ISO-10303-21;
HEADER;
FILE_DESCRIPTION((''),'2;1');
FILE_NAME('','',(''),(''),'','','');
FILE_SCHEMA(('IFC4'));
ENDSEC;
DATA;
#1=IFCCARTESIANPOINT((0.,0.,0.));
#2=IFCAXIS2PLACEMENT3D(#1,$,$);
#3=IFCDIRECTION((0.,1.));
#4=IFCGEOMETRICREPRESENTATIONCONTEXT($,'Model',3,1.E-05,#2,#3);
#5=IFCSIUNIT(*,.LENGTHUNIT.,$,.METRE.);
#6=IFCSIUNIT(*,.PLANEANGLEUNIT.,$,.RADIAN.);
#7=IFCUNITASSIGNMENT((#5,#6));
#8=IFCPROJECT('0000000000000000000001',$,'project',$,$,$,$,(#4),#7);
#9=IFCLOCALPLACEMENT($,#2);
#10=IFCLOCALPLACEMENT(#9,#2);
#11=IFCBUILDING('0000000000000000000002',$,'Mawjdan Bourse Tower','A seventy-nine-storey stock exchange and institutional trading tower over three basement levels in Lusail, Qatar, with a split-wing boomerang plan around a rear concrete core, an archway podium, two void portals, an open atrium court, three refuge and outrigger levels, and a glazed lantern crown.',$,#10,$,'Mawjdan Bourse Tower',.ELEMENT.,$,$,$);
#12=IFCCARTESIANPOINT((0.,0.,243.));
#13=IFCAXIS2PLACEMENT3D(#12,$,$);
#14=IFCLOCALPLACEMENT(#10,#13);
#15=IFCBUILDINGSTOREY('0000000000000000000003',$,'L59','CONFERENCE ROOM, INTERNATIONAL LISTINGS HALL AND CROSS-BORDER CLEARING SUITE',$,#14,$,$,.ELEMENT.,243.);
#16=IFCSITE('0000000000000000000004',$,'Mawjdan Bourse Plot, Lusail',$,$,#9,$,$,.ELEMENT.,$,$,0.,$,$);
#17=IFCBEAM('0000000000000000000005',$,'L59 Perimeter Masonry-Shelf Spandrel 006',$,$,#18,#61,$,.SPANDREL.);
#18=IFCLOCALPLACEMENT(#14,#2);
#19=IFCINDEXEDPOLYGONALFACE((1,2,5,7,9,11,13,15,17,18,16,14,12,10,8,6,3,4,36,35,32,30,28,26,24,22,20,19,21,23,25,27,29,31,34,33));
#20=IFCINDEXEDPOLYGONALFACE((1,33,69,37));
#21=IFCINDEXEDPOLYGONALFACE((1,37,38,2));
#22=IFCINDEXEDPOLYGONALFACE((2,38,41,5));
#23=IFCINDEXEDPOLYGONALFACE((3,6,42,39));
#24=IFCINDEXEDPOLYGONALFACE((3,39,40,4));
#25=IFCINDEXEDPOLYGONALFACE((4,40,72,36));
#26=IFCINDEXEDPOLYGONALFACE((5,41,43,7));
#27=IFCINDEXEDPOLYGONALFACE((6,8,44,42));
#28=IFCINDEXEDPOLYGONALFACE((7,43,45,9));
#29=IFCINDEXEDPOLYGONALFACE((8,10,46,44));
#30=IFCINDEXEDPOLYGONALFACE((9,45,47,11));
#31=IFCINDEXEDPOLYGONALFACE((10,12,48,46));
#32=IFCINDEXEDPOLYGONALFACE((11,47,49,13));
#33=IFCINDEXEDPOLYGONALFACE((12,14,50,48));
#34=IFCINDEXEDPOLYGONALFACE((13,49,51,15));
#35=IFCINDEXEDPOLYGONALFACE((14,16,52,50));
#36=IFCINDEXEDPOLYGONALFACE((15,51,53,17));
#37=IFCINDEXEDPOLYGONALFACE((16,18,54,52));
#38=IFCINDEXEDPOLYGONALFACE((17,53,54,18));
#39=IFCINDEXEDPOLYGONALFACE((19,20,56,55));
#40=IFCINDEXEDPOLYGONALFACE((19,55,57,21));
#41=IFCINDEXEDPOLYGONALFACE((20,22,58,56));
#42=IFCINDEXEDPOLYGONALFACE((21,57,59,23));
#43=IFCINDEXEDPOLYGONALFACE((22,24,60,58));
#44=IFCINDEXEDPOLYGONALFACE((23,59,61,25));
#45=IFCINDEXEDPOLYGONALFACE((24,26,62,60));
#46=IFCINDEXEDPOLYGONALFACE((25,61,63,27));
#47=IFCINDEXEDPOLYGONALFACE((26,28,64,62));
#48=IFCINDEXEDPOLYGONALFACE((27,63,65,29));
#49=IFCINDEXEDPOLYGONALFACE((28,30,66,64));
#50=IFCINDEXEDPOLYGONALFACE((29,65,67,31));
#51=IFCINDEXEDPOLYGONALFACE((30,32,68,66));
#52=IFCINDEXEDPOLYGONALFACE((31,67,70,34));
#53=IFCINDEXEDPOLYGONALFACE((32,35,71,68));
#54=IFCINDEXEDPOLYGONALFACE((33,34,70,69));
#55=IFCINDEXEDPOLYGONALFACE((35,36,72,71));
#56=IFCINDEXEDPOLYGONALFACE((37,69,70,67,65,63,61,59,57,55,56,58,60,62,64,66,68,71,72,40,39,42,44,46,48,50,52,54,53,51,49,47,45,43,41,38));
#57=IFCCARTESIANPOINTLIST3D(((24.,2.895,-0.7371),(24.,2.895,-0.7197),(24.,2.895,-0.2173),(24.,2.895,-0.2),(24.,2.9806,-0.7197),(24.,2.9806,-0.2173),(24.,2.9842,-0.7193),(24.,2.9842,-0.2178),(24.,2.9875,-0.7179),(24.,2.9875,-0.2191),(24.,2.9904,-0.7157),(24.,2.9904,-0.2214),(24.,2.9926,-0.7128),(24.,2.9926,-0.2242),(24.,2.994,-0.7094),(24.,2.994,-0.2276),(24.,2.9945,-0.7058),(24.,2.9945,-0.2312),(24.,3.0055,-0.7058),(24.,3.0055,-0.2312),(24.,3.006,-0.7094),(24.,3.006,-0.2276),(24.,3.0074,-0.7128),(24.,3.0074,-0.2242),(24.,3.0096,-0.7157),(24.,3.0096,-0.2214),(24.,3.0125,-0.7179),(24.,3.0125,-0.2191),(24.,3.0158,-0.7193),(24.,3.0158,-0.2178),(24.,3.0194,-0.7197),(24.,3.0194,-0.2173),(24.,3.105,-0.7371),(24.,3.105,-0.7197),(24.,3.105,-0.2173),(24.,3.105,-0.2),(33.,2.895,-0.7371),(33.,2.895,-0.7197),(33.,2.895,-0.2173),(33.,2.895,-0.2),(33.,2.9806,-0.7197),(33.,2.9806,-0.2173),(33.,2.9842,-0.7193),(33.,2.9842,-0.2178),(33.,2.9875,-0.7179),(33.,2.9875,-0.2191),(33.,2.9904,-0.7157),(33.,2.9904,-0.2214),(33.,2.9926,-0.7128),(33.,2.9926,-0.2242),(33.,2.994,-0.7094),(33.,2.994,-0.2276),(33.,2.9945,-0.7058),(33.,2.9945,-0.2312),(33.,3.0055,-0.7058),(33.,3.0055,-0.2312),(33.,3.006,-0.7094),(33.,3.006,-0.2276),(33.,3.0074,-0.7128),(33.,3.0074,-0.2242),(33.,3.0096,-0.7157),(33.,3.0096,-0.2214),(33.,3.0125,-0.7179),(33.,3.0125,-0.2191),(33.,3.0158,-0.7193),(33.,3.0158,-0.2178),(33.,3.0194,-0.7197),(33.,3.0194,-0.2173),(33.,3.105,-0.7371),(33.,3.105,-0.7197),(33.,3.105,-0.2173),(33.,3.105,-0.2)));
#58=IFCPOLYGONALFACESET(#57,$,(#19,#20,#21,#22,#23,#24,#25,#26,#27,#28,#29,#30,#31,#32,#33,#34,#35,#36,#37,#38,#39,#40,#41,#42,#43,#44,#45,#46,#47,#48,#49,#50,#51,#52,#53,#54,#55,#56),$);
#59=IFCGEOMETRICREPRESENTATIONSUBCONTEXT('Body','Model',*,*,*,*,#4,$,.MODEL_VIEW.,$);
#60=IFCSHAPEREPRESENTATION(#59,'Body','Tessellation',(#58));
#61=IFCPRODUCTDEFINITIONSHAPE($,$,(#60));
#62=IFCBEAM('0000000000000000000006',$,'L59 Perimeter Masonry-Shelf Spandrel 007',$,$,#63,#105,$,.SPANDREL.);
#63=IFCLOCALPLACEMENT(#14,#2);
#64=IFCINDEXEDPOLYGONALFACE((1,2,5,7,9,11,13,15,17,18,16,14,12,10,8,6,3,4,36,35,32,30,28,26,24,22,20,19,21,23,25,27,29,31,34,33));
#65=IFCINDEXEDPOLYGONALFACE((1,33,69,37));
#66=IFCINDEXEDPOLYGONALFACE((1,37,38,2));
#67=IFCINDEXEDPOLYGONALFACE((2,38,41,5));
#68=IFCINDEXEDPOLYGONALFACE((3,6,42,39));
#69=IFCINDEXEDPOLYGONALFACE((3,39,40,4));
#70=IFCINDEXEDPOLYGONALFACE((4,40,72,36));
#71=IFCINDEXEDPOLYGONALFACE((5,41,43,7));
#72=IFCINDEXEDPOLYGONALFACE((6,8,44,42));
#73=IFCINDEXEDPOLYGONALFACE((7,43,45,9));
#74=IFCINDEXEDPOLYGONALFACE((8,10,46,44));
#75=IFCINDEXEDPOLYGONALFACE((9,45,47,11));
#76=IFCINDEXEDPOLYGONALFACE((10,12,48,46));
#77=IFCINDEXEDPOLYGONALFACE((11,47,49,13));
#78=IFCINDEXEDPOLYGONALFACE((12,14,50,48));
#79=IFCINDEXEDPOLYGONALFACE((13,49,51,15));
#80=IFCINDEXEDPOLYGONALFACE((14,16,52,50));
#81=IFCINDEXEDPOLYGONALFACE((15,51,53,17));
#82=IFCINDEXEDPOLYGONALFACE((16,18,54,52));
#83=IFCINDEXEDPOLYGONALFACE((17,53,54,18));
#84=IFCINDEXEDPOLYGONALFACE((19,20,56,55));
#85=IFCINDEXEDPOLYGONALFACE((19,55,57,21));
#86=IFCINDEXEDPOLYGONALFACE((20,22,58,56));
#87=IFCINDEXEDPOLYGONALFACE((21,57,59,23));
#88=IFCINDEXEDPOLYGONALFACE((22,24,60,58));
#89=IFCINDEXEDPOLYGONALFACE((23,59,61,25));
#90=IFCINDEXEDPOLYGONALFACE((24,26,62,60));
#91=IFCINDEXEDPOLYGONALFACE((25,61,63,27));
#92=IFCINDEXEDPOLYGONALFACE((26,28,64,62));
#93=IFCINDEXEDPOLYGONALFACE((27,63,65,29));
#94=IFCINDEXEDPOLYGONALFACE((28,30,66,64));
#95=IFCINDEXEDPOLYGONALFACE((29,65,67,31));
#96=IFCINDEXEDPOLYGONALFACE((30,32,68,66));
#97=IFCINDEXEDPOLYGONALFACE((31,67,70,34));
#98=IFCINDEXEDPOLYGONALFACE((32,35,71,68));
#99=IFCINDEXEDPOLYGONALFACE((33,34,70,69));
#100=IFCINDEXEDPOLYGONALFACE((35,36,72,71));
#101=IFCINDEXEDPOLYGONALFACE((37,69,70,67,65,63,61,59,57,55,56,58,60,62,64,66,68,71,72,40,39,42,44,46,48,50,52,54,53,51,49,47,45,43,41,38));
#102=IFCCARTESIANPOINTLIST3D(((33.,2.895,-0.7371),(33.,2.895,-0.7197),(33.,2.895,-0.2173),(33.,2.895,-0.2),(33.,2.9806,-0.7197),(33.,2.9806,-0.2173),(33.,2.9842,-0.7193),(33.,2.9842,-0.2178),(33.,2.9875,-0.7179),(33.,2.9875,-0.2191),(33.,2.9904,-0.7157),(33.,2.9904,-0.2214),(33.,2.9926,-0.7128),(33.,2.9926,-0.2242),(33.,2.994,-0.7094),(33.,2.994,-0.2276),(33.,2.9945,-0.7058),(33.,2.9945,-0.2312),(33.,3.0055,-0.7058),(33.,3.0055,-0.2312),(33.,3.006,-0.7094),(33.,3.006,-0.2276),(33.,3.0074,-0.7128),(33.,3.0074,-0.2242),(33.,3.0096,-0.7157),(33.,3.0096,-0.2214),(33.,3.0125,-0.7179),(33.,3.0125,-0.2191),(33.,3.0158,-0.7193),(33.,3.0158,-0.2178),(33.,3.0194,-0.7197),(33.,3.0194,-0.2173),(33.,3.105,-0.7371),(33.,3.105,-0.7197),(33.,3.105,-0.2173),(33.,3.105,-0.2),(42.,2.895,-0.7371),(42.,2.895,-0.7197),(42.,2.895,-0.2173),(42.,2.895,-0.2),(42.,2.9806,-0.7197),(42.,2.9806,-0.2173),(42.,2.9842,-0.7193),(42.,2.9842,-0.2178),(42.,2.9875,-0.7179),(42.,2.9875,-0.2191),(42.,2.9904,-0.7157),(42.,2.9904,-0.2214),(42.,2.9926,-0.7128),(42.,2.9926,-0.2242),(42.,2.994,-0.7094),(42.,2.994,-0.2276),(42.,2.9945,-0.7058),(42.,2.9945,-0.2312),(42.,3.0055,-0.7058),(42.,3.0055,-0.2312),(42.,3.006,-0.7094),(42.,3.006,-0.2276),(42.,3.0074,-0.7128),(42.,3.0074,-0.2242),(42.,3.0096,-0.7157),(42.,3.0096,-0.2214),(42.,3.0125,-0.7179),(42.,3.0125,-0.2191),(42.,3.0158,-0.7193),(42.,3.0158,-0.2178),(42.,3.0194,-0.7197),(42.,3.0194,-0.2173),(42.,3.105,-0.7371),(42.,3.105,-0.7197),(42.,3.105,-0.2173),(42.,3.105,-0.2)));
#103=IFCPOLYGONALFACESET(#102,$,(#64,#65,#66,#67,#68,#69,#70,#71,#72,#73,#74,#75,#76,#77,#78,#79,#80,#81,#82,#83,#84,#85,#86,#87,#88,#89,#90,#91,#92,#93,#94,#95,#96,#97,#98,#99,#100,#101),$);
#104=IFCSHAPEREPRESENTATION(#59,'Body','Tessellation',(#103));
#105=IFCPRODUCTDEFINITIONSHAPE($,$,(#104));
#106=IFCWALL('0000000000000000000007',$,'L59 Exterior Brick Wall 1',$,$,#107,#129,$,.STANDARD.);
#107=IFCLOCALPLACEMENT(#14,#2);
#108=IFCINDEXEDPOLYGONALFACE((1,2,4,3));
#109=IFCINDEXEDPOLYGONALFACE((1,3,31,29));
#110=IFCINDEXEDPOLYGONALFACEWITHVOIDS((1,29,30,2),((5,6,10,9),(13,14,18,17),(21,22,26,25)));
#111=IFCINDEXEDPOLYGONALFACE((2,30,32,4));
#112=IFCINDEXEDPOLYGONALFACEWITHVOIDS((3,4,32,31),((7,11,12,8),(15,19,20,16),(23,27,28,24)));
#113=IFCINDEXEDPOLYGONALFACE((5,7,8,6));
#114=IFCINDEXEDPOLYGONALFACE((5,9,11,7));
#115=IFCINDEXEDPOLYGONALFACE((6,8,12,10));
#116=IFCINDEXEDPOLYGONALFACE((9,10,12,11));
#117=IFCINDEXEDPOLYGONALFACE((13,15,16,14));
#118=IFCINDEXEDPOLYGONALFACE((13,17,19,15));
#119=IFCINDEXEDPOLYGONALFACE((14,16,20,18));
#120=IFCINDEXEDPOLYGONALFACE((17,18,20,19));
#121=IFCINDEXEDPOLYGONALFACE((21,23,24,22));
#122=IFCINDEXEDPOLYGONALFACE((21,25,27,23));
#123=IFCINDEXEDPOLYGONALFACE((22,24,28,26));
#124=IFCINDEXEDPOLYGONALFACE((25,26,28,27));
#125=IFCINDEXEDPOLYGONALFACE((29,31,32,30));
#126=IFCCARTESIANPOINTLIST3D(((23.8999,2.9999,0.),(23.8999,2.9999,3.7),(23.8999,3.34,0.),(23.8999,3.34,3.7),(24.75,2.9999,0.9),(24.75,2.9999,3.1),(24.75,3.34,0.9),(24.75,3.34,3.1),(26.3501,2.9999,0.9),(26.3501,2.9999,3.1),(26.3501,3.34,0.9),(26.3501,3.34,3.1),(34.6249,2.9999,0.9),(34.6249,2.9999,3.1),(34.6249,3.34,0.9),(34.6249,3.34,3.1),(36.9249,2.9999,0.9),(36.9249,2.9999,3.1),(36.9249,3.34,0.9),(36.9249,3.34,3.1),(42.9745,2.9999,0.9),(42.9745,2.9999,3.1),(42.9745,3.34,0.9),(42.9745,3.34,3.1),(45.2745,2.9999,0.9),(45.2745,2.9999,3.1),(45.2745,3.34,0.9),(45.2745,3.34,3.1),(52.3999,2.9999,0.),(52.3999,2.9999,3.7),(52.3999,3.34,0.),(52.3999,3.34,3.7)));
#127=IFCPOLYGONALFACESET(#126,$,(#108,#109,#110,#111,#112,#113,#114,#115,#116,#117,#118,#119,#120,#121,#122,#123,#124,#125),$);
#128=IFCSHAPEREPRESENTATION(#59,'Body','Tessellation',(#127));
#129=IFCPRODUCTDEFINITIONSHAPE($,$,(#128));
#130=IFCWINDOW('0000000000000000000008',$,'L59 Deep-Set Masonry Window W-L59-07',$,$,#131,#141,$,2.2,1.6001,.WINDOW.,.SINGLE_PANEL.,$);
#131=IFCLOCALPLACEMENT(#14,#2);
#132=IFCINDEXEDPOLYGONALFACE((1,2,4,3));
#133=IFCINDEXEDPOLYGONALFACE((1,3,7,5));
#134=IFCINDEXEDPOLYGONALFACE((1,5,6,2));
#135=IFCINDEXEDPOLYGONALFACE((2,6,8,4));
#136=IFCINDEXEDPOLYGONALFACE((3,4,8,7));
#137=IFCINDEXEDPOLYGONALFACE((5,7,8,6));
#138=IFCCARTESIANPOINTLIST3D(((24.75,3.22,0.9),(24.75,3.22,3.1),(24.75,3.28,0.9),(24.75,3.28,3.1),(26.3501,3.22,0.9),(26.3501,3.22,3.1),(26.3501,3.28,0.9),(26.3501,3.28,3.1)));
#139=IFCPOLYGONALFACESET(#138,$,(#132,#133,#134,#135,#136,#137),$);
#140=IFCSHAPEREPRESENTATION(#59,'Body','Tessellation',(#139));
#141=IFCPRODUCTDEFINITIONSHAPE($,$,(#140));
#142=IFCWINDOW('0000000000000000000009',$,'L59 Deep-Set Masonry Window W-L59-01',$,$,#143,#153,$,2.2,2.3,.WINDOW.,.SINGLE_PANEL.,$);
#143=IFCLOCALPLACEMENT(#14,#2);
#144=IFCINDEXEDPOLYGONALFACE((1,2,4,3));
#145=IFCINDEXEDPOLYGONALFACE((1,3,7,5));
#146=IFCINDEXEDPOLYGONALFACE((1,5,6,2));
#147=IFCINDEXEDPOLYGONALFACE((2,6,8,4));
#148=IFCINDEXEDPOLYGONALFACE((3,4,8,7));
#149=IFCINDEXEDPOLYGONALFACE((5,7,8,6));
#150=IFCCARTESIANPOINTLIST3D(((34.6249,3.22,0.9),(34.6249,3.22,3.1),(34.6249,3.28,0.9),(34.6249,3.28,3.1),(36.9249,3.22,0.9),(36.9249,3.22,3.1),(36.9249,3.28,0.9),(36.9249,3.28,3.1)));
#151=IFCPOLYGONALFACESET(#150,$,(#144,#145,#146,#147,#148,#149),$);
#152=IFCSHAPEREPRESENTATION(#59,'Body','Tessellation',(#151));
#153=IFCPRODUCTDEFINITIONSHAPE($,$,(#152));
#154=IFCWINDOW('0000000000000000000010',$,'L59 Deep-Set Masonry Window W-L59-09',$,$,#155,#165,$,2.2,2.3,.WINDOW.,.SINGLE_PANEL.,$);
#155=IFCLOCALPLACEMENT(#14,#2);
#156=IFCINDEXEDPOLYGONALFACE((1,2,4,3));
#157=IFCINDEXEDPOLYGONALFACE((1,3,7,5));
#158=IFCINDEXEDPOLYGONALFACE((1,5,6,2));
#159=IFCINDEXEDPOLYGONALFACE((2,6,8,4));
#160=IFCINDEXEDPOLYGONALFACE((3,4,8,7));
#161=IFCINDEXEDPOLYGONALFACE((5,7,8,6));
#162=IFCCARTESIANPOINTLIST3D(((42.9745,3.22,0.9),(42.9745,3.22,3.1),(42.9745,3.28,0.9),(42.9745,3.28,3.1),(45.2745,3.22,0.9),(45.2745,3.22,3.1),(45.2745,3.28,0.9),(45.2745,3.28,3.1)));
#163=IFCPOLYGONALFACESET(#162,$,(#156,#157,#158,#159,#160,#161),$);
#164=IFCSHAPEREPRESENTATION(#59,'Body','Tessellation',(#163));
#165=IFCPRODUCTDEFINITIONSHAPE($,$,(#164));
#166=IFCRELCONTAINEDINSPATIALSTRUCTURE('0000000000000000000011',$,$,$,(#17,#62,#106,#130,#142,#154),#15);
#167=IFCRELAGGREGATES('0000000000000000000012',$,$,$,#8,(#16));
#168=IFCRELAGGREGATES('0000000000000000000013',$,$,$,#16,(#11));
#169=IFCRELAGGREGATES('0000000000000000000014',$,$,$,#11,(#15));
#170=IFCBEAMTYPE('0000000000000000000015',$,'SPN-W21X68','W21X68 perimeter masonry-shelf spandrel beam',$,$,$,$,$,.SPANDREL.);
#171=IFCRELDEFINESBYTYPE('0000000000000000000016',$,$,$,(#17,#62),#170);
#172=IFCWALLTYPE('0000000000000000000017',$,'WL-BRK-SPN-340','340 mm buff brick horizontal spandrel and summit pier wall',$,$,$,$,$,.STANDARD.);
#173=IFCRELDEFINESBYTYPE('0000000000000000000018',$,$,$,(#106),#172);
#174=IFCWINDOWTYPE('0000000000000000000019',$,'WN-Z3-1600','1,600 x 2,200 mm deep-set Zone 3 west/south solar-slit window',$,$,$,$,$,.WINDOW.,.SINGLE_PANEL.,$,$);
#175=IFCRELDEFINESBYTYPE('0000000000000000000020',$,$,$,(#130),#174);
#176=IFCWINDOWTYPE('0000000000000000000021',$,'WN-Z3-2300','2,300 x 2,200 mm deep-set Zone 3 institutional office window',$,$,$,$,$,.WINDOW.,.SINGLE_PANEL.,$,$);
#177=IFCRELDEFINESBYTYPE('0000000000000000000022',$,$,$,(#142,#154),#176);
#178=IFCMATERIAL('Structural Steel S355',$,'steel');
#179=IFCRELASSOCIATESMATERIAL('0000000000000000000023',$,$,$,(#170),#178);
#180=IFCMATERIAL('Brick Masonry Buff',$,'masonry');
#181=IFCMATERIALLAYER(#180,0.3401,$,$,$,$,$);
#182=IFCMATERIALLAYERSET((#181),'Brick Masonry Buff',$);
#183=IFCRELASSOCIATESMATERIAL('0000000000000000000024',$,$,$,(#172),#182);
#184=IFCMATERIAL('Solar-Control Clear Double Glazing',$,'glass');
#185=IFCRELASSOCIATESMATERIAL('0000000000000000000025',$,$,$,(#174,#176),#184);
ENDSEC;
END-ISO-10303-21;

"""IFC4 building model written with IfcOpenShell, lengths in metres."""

from ifc_helpers import new_model, si_unit, direction, frame, frame_2d, origin, origin_2d, place, context, subcontext, project, spatial, rectangle, i_section, extrude, material, layer, layer_set, material_profile, profile_set, type_object, element, fill, save


model = new_model("IFC4")

# Units and contexts
model_context = context("Model", 3, precision=1e-05, world=origin(), true_north=direction((0.0, 1.0)))
body_context = subcontext(model_context, "Body", "Model", "MODEL_VIEW")
ifc_project = project(units=[si_unit("LENGTHUNIT", "METRE"), si_unit("PLANEANGLEUNIT", "RADIAN")], contexts=[model_context])

# Site, building, storey
site_placement = place(None, origin())
site = spatial("IfcSite", under=ifc_project, at=site_placement, Name="Mawjdan Bourse Plot, Lusail", CompositionType="ELEMENT", RefElevation=0.0)
building_placement = place(site_placement, origin())
building = spatial("IfcBuilding", under=site, at=building_placement, Name="Mawjdan Bourse Tower", Description="A seventy-nine-storey stock exchange and institutional trading tower over three basement levels in Lusail, Qatar, with a split-wing boomerang plan around a rear concrete core, an archway podium, two void portals, an open atrium court, three refuge and outrigger levels, and a glazed lantern crown.", LongName="Mawjdan Bourse Tower", CompositionType="ELEMENT")
storey_placement = place(building_placement, frame((0.0, 0.0, 243.0)))
storey = spatial("IfcBuildingStorey", under=building, at=storey_placement, Name="L59", Description="CONFERENCE ROOM, INTERNATIONAL LISTINGS HALL AND CROSS-BORDER CLEARING SUITE", CompositionType="ELEMENT", Elevation=243.0)

# Beams
ifc_material_1 = material(Name="Structural Steel S355", Category="steel")
ifc_material_profile_1 = material_profile(ifc_material_1, i_section(OverallWidth=0.21, OverallDepth=0.5371, WebThickness=0.011, FlangeThickness=0.0173, FilletRadius=0.0139, at=origin_2d()), Name="W21X68")
ifc_profile_set_1 = profile_set([ifc_material_profile_1], Name="Structural Steel S355")
beam_type_1 = type_object("IfcBeamType", Name="SPN-W21X68", Description="W21X68 perimeter masonry-shelf spandrel beam", PredefinedType="SPANDREL", material=ifc_profile_set_1)
for number, where, z_axis, x_axis, name in (
    (1, (24.0, 3.0, -0.4685), (1.0, 0.0, 0.0), (0.0, 1.0, 0.0), "L59 Perimeter Masonry-Shelf Spandrel 006"),
    (2, (33.0, 3.0, -0.4685), (1.0, 0.0, 0.0), (0.0, 1.0, 0.0), "L59 Perimeter Masonry-Shelf Spandrel 007"),
):
    element("IfcBeam", number, at=place(storey_placement, frame(where, z_axis=z_axis, x_axis=x_axis)), inside=storey, type_object=beam_type_1, Name=name, PredefinedType="SPANDREL", context=body_context, shape_type="SweptSolid", body=[
        extrude(i_section(OverallWidth=0.21, OverallDepth=0.5371, WebThickness=0.011, FlangeThickness=0.0173, FilletRadius=0.0139, at=origin_2d()), origin(), (0.0, 0.0, 1.0), 9.0),
    ])

# Wall, openings, windows
ifc_material_2 = material(Name="Brick Masonry Buff", Category="masonry")
ifc_layer_1 = layer(ifc_material_2, 0.3401)
ifc_layer_set_1 = layer_set([ifc_layer_1], Name="Brick Masonry Buff")
wall_type_1 = type_object("IfcWallType", Name="WL-BRK-SPN-340", Description="340 mm buff brick horizontal spandrel and summit pier wall", PredefinedType="STANDARD", material=ifc_layer_set_1)
wall_1_placement = place(storey_placement, frame((23.8999, 3.1699, 0.0), z_axis=(0.0, 0.0, 1.0), x_axis=(1.0, 0.0, 0.0)))
wall_1 = element("IfcWall", 3, at=wall_1_placement, inside=storey, type_object=wall_type_1, Name="L59 Exterior Brick Wall 1", PredefinedType="STANDARD", context=body_context, shape_type="SweptSolid", body=[
    extrude(rectangle(XDim=28.5, YDim=0.3401, at=frame_2d((14.25, 0.0))), origin(), (0.0, 0.0, 1.0), 3.7),
])
opening_1_placement = place(wall_1_placement, frame((10.7251, 0.0, 0.8999)))
opening_1 = element("IfcOpeningElement", 4, at=opening_1_placement, cuts=wall_1, PredefinedType="OPENING", context=body_context, shape_type="SweptSolid", body=[
    extrude(rectangle(XDim=2.3, YDim=2.2, at=frame_2d((1.1499, 1.1001))), frame((0.0, 0.1802, 0.0), z_axis=(0.0, -1.0, 0.0), x_axis=(1.0, 0.0, 0.0)), (0.0, 0.0, 1.0), 0.3601),
])
opening_2_placement = place(wall_1_placement, frame((0.8501, 0.0, 0.8999)))
opening_2 = element("IfcOpeningElement", 5, at=opening_2_placement, cuts=wall_1, PredefinedType="OPENING", context=body_context, shape_type="SweptSolid", body=[
    extrude(rectangle(XDim=1.6001, YDim=2.2, at=frame_2d((0.8, 1.1001))), frame((0.0, 0.1802, 0.0), z_axis=(0.0, -1.0, 0.0), x_axis=(1.0, 0.0, 0.0)), (0.0, 0.0, 1.0), 0.3601),
])
opening_3_placement = place(wall_1_placement, frame((19.0747, 0.0, 0.8999)))
opening_3 = element("IfcOpeningElement", 6, at=opening_3_placement, cuts=wall_1, PredefinedType="OPENING", context=body_context, shape_type="SweptSolid", body=[
    extrude(rectangle(XDim=2.3, YDim=2.2, at=frame_2d((1.1499, 1.1001))), frame((0.0, 0.1802, 0.0), z_axis=(0.0, -1.0, 0.0), x_axis=(1.0, 0.0, 0.0)), (0.0, 0.0, 1.0), 0.3601),
])
ifc_material_3 = material(Name="Solar-Control Clear Double Glazing", Category="glass")
window_type_1 = type_object("IfcWindowType", Name="WN-Z3-1600", Description="1,600 x 2,200 mm deep-set Zone 3 west/south solar-slit window", PartitioningType="SINGLE_PANEL", PredefinedType="WINDOW", material=ifc_material_3)
window_1_placement = place(opening_2_placement, origin())
window_1 = element("IfcWindow", 7, at=window_1_placement, inside=storey, type_object=window_type_1, Name="L59 Deep-Set Masonry Window W-L59-07", OverallHeight=2.2, OverallWidth=1.6001, PartitioningType="SINGLE_PANEL", PredefinedType="WINDOW", context=body_context, shape_type="SweptSolid", body=[
    extrude(rectangle(XDim=1.6001, YDim=2.2, at=frame_2d((0.8, 1.1001))), frame((0.0, 0.1101, 0.0), z_axis=(0.0, -1.0, 0.0), x_axis=(1.0, 0.0, 0.0)), (0.0, 0.0, 1.0), 0.0601),
])
fill(opening_2, window_1)
window_type_2 = type_object("IfcWindowType", Name="WN-Z3-2300", Description="2,300 x 2,200 mm deep-set Zone 3 institutional office window", PartitioningType="SINGLE_PANEL", PredefinedType="WINDOW", material=ifc_material_3)
window_2_placement = place(opening_1_placement, origin())
window_2 = element("IfcWindow", 8, at=window_2_placement, inside=storey, type_object=window_type_2, Name="L59 Deep-Set Masonry Window W-L59-01", OverallHeight=2.2, OverallWidth=2.3, PartitioningType="SINGLE_PANEL", PredefinedType="WINDOW", context=body_context, shape_type="SweptSolid", body=[
    extrude(rectangle(XDim=2.3, YDim=2.2, at=frame_2d((1.1499, 1.1001))), frame((0.0, 0.1101, 0.0), z_axis=(0.0, -1.0, 0.0), x_axis=(1.0, 0.0, 0.0)), (0.0, 0.0, 1.0), 0.0601),
])
fill(opening_1, window_2)
window_3_placement = place(opening_3_placement, origin())
window_3 = element("IfcWindow", 9, at=window_3_placement, inside=storey, type_object=window_type_2, Name="L59 Deep-Set Masonry Window W-L59-09", OverallHeight=2.2, OverallWidth=2.3, PartitioningType="SINGLE_PANEL", PredefinedType="WINDOW", context=body_context, shape_type="SweptSolid", body=[
    extrude(rectangle(XDim=2.3, YDim=2.2, at=frame_2d((1.1499, 1.1001))), frame((0.0, 0.1101, 0.0), z_axis=(0.0, -1.0, 0.0), x_axis=(1.0, 0.0, 0.0)), (0.0, 0.0, 1.0), 0.0601),
])
fill(opening_3, window_3)

save(model, "model.ifc")
